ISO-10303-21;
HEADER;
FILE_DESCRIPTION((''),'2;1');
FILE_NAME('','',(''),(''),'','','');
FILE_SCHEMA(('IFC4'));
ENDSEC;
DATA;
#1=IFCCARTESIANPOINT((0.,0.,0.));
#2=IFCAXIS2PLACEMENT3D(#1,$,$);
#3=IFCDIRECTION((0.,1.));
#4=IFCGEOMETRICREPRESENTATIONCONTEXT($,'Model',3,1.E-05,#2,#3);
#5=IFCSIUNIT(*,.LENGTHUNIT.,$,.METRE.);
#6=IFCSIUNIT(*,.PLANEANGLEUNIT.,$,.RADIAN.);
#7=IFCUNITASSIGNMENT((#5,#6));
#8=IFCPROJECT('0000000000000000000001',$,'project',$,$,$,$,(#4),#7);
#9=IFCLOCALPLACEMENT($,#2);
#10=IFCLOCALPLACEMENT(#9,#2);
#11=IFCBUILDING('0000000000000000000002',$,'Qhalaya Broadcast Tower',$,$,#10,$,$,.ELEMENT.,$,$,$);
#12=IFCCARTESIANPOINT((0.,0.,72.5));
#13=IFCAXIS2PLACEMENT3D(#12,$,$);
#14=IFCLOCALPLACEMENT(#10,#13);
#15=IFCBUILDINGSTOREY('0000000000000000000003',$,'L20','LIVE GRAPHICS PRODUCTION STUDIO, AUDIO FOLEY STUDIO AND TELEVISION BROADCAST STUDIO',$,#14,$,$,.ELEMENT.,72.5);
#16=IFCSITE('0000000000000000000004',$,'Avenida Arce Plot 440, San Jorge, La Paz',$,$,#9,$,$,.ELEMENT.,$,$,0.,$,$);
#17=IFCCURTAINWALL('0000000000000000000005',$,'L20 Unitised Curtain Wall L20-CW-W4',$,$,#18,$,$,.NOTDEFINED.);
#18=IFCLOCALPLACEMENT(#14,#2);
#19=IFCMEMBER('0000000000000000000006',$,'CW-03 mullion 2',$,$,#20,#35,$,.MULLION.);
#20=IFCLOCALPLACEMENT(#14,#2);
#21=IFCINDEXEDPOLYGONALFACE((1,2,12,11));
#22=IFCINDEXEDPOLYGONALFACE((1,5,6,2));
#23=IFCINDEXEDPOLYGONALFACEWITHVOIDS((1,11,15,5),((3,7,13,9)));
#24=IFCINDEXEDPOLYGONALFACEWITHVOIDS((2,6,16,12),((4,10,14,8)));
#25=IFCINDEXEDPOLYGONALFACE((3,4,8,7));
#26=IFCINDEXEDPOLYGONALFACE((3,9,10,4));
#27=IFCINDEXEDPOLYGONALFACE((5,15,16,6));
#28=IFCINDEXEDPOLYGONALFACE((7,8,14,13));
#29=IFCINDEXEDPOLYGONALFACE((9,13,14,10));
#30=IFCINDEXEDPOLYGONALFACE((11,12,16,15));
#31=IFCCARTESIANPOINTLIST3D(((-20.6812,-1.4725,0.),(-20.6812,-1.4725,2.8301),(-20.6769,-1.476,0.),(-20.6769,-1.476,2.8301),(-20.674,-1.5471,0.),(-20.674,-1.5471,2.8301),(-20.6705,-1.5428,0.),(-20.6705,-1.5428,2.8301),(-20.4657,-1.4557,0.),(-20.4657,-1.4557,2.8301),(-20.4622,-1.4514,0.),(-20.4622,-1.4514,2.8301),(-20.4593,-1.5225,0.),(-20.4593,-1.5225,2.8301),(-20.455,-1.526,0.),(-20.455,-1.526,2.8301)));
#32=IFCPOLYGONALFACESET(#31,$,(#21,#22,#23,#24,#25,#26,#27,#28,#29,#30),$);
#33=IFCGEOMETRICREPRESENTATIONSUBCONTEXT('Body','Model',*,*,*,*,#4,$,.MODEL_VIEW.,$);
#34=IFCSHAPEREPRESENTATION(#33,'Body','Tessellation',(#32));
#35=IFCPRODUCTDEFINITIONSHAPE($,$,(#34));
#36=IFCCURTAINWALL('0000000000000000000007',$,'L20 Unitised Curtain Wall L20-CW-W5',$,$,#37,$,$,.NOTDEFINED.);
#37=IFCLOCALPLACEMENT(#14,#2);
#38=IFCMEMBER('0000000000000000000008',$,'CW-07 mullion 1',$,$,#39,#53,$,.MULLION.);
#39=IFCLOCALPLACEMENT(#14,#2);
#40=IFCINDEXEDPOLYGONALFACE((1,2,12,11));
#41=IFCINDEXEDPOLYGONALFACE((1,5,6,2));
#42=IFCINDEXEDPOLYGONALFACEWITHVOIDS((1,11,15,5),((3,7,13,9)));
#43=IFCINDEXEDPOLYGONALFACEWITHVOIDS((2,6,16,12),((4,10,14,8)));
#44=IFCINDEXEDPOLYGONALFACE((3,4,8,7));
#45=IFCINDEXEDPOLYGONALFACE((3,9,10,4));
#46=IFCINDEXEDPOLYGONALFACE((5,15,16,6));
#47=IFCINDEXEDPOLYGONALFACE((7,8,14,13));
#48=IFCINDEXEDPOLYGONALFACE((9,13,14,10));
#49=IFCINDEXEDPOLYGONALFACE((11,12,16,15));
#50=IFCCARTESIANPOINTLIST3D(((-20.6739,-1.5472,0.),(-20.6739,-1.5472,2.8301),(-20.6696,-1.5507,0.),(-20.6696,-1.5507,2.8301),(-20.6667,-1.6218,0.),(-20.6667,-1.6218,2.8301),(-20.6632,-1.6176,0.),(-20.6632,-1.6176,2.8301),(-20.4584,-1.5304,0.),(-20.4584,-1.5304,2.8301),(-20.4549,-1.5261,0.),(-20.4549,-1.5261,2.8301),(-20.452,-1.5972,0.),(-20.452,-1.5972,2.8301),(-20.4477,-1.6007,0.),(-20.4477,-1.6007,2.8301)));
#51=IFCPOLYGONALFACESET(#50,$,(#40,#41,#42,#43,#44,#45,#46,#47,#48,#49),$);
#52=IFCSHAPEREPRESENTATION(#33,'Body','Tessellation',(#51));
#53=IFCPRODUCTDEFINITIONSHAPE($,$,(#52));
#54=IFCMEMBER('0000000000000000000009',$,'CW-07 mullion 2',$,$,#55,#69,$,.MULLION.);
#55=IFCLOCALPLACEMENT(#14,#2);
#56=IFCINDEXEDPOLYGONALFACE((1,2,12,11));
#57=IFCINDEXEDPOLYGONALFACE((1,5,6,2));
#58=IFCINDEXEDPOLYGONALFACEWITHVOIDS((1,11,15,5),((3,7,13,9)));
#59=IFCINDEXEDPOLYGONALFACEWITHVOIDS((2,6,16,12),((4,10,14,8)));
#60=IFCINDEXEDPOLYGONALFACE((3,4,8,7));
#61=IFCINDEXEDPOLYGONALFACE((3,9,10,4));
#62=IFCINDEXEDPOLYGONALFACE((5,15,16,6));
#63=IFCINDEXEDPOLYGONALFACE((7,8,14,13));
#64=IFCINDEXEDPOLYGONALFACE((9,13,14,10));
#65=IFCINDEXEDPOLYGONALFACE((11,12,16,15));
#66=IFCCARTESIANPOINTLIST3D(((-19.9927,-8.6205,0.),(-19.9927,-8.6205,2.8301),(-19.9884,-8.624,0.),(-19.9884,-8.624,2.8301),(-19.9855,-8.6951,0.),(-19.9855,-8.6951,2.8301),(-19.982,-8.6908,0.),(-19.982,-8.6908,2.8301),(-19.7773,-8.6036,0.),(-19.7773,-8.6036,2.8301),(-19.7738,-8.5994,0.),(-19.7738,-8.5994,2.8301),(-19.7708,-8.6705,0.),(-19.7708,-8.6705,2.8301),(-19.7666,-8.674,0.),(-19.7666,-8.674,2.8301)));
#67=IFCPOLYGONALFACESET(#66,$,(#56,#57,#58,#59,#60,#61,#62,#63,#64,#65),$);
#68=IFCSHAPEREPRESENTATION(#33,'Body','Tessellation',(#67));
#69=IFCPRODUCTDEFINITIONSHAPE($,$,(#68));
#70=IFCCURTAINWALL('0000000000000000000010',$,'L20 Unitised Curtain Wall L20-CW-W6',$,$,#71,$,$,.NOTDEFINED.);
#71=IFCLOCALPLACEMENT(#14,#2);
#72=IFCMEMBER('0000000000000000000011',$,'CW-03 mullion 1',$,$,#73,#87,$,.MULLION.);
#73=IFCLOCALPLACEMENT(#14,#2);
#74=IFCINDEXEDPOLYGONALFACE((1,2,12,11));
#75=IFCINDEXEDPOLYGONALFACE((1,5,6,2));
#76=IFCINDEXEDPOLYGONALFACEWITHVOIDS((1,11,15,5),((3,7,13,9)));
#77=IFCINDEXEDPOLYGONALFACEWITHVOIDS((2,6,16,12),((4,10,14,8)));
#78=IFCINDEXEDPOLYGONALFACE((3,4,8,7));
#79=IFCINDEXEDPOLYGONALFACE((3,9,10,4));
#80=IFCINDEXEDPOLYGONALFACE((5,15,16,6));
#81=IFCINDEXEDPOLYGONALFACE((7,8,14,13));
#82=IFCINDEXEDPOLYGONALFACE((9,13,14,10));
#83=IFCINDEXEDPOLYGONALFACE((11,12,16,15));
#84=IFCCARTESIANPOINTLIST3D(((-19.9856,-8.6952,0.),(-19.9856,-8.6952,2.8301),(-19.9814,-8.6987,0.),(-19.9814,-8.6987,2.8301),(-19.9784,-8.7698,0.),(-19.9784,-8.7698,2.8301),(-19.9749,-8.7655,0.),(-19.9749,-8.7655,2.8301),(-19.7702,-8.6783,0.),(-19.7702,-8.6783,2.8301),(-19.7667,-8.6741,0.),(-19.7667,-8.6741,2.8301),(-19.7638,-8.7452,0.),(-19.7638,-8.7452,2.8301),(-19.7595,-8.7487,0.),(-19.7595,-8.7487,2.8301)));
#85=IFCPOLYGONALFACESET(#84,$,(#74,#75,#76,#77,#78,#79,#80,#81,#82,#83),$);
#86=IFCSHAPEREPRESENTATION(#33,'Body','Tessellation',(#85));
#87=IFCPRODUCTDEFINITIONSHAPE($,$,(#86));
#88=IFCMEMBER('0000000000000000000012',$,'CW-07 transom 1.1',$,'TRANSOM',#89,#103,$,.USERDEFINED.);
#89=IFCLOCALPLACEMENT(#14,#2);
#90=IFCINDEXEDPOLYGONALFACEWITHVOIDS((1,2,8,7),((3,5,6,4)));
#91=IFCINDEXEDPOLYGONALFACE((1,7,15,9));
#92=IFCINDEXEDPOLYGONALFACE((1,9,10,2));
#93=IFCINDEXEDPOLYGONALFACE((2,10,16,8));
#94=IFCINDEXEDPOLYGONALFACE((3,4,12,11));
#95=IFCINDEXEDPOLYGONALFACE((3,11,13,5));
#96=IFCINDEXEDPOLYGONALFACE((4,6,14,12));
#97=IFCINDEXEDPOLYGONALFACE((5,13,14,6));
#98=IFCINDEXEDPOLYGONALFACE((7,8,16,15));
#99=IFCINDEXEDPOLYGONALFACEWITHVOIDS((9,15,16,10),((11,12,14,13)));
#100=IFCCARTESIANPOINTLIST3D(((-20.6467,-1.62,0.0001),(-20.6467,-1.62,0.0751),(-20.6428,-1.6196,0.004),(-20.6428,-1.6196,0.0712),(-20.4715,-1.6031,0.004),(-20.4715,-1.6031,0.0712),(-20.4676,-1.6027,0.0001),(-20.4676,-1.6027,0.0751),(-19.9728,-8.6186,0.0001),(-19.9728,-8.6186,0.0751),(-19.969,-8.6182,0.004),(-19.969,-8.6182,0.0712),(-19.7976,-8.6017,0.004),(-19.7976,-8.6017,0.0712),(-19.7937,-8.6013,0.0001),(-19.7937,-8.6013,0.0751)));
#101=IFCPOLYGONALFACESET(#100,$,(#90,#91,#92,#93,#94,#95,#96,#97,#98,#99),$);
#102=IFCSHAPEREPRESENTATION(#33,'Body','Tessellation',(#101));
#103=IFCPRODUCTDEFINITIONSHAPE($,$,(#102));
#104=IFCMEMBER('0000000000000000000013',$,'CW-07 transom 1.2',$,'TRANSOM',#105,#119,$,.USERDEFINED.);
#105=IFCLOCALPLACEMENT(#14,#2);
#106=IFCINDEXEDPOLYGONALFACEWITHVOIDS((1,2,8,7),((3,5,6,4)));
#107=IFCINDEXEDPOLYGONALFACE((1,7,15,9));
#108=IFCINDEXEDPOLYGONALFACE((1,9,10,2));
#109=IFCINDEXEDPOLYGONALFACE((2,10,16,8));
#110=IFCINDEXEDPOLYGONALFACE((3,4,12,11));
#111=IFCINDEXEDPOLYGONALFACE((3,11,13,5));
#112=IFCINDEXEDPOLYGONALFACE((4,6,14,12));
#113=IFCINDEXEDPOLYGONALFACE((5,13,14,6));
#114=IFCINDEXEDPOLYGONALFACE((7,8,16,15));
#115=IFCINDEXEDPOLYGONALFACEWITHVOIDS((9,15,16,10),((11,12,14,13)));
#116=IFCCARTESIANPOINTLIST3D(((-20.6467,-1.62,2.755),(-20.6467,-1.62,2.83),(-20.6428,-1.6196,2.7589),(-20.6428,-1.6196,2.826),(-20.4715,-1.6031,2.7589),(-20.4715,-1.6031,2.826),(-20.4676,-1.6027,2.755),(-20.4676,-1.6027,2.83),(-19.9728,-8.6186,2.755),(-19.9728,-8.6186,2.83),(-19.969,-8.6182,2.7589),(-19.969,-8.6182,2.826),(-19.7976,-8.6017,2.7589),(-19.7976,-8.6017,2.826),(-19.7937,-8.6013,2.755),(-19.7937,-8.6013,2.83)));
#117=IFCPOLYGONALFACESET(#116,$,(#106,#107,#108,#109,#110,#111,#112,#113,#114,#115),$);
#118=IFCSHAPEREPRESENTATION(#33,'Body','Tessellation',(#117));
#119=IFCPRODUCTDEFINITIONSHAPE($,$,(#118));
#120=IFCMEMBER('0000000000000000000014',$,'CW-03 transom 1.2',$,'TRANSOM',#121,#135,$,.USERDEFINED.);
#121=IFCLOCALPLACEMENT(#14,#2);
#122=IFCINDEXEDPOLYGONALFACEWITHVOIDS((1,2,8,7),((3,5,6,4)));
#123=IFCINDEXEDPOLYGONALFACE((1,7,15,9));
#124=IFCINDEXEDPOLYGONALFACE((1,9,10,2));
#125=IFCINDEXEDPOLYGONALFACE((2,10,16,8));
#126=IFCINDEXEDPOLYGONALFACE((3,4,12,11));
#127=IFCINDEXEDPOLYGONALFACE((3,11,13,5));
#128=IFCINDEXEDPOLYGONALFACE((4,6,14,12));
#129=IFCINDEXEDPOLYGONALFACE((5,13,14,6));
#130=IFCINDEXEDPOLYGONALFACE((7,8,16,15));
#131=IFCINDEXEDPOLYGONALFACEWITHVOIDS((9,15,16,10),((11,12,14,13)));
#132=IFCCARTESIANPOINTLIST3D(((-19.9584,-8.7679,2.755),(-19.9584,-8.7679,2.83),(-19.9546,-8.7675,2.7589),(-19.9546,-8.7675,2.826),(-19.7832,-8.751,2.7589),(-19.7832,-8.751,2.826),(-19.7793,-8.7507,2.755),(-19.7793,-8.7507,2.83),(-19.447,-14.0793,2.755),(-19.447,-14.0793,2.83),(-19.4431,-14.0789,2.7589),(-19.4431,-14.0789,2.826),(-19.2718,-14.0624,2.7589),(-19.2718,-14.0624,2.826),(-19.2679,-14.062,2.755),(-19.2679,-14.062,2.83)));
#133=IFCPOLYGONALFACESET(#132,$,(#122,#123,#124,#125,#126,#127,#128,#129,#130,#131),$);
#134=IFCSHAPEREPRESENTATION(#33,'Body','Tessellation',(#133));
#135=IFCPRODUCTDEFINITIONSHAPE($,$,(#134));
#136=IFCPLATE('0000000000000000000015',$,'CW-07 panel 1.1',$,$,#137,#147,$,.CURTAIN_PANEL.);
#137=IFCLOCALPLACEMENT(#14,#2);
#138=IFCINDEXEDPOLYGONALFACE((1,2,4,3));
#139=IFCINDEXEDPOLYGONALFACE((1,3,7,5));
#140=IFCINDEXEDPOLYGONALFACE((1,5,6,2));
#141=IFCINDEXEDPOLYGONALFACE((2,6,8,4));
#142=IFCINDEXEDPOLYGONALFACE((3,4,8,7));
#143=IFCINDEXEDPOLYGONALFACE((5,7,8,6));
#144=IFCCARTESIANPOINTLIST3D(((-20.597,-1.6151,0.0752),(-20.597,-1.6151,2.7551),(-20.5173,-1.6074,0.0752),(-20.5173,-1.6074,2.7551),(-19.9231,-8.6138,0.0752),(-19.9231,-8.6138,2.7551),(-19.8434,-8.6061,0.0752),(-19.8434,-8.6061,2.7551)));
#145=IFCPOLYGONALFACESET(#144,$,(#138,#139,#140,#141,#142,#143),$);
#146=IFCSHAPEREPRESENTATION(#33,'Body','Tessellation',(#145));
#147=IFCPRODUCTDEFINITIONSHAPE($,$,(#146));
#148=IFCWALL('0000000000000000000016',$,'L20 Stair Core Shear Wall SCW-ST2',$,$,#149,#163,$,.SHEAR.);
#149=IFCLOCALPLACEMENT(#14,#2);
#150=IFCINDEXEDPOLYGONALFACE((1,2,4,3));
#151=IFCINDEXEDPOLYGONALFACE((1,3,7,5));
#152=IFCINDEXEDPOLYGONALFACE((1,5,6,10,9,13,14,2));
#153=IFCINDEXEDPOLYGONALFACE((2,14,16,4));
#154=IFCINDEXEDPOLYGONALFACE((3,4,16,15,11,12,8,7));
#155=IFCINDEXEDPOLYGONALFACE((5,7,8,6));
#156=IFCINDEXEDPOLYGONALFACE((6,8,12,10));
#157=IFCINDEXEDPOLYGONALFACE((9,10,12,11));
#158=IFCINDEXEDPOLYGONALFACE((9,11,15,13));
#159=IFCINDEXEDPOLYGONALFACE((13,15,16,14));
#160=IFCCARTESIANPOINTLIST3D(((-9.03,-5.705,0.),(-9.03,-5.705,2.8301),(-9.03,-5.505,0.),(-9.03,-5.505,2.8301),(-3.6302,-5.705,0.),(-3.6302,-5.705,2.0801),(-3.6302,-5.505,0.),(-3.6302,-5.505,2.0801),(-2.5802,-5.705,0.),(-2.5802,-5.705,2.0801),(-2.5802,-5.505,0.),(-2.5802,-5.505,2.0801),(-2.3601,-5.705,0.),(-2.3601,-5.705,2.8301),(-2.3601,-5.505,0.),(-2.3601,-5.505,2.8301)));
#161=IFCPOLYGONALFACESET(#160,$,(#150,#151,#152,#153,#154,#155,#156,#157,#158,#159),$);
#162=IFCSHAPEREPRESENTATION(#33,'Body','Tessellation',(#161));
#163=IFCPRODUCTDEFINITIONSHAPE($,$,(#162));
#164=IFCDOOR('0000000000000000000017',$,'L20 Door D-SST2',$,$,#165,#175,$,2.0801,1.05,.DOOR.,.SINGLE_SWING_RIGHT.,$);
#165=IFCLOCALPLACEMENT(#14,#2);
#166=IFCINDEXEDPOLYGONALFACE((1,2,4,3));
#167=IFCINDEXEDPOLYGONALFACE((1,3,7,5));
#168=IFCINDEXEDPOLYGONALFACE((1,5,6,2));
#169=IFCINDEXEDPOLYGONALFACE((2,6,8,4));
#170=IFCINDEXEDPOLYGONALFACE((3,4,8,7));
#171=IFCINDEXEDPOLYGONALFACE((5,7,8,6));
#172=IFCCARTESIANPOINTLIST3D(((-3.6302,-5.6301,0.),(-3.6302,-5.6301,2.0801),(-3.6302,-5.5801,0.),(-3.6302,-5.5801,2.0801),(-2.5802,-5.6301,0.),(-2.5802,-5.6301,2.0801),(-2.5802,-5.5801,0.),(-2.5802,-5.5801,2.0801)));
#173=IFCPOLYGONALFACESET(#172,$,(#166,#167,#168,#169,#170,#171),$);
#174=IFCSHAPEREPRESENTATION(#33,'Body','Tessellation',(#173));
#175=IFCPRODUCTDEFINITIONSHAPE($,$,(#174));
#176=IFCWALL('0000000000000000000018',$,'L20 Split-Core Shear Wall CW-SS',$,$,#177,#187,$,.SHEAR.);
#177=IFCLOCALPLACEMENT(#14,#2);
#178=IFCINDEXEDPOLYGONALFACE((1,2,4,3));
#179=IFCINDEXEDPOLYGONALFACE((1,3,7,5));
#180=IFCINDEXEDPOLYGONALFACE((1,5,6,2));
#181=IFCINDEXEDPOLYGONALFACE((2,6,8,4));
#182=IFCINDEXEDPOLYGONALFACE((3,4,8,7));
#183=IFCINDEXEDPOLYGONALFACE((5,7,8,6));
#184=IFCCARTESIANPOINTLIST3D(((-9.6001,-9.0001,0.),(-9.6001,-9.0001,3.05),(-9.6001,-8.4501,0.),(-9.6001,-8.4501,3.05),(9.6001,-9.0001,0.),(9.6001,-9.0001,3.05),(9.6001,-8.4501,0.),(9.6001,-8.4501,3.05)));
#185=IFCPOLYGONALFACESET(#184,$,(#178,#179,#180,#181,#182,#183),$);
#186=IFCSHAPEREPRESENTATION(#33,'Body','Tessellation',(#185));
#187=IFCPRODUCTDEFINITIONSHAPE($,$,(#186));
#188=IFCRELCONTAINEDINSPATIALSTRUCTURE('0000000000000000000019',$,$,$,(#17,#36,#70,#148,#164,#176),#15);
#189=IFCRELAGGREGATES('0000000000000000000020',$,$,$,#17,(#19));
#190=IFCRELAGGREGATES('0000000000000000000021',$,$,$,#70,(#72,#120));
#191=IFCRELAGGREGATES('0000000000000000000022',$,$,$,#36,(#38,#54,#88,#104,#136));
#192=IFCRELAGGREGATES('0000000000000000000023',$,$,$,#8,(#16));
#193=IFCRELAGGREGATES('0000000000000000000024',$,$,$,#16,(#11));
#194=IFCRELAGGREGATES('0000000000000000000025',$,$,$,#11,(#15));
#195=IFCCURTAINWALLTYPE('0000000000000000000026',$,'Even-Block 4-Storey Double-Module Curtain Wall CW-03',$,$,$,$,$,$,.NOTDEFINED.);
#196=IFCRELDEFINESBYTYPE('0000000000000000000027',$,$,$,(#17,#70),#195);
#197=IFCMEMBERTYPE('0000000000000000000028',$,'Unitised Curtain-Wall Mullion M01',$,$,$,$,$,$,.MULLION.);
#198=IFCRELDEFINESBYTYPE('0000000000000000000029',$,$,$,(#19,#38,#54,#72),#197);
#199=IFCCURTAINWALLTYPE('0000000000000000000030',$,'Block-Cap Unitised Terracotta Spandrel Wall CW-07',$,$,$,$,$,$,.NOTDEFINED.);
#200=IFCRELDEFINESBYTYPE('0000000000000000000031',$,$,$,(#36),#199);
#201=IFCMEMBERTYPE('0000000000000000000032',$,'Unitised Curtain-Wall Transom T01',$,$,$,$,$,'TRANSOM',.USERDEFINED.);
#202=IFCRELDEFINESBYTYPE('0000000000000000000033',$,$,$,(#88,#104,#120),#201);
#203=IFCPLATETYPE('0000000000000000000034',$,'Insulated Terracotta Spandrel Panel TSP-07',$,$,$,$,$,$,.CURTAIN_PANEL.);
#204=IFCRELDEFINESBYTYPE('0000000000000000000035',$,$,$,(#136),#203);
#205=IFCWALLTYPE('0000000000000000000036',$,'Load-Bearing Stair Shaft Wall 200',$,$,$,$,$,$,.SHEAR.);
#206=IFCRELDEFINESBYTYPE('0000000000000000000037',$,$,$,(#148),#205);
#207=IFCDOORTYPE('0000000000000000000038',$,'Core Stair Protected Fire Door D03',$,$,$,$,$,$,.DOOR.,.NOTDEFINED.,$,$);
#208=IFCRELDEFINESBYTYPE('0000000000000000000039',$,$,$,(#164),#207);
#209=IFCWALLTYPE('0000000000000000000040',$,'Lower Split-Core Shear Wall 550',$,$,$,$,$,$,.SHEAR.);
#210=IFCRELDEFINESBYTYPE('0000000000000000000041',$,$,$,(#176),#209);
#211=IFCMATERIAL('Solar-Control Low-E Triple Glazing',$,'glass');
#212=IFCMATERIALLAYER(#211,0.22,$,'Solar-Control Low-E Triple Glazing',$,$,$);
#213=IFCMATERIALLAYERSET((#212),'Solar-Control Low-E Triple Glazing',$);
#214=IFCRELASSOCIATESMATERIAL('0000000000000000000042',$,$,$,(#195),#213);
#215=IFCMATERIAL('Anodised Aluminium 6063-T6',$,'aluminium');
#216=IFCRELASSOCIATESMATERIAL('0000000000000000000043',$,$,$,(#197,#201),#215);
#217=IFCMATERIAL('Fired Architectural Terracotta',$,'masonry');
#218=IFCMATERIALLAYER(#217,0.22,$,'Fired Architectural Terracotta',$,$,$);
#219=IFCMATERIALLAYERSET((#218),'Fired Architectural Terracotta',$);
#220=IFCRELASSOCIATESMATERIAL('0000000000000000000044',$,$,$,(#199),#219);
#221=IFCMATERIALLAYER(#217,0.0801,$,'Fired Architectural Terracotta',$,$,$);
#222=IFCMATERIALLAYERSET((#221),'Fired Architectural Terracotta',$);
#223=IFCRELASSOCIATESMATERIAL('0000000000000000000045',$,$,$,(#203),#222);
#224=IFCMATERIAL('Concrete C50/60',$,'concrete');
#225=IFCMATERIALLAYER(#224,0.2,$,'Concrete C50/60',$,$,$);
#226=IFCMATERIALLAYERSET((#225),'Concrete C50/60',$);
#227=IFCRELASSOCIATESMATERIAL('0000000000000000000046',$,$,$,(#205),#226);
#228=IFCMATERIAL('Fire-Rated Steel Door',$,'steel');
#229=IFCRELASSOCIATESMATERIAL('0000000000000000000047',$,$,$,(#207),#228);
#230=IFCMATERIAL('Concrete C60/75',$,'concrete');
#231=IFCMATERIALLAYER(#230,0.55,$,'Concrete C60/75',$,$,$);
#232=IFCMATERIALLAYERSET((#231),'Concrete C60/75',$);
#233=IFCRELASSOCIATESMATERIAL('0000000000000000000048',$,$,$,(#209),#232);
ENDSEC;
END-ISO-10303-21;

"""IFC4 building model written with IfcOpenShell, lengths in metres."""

from ifc_helpers import new_model, si_unit, direction, frame, frame_2d, origin, origin_2d, place, context, subcontext, project, spatial, rectangle, hollow_rectangle, extrude, material, layer, layer_set, material_profile, profile_set, type_object, element, fill, aggregate, save


model = new_model("IFC4")

# Units and contexts
model_context = context("Model", 3, precision=1e-05, world=origin(), true_north=direction((0.0, 1.0)))
body_context = subcontext(model_context, "Body", "Model", "MODEL_VIEW")
ifc_project = project(units=[si_unit("LENGTHUNIT", "METRE"), si_unit("PLANEANGLEUNIT", "RADIAN")], contexts=[model_context])

# Site, building, storey
site_placement = place(None, origin())
site = spatial("IfcSite", under=ifc_project, at=site_placement, Name="Avenida Arce Plot 440, San Jorge, La Paz", CompositionType="ELEMENT", RefElevation=0.0)
building_placement = place(site_placement, origin())
building = spatial("IfcBuilding", under=site, at=building_placement, Name="Qhalaya Broadcast Tower", CompositionType="ELEMENT")
storey_placement = place(building_placement, frame((0.0, 0.0, 72.5)))
storey = spatial("IfcBuildingStorey", under=building, at=storey_placement, Name="L20", Description="LIVE GRAPHICS PRODUCTION STUDIO, AUDIO FOLEY STUDIO AND TELEVISION BROADCAST STUDIO", CompositionType="ELEMENT", Elevation=72.5)

# Shared definitions
ifc_material_1 = material(Name="Concrete C50/60", Category="concrete")

# Curtain wall, member
ifc_material_2 = material(Name="Solar-Control Low-E Triple Glazing", Category="glass")
ifc_layer_1 = layer(ifc_material_2, 0.22, Name="Solar-Control Low-E Triple Glazing")
ifc_layer_set_1 = layer_set([ifc_layer_1], Name="Solar-Control Low-E Triple Glazing")
curtain_wall_type_1 = type_object("IfcCurtainWallType", Name="Even-Block 4-Storey Double-Module Curtain Wall CW-03", PredefinedType="NOTDEFINED", material=ifc_layer_set_1)
curtain_wall_1_placement = place(storey_placement, origin())
curtain_wall_1 = element("IfcCurtainWall", 1, at=curtain_wall_1_placement, inside=storey, type_object=curtain_wall_type_1, Name="L20 Unitised Curtain Wall L20-CW-W4", PredefinedType="NOTDEFINED")
ifc_material_3 = material(Name="Anodised Aluminium 6063-T6", Category="aluminium")
ifc_material_profile_1 = material_profile(ifc_material_3, hollow_rectangle(XDim=0.075, YDim=0.22, WallThickness=0.0039, at=origin_2d()), Name="ALU-MUL 75x220x4")
ifc_profile_set_1 = profile_set([ifc_material_profile_1], Name="Anodised Aluminium 6063-T6")
member_type_1 = type_object("IfcMemberType", Name="Unitised Curtain-Wall Mullion M01", PredefinedType="MULLION", material=ifc_profile_set_1)
member_1_placement = place(storey_placement, frame((-20.5681, -1.4993, 0.0), z_axis=(0.0, 0.0, 1.0), x_axis=(0.095843, -0.995396, 0.0)))
member_1 = element("IfcMember", 2, at=member_1_placement, type_object=member_type_1, Name="CW-03 mullion 2", PredefinedType="MULLION", context=body_context, shape_type="SweptSolid", body=[
    extrude(hollow_rectangle(XDim=0.075, YDim=0.22, WallThickness=0.0039, at=origin_2d()), origin(), (0.0, 0.0, 1.0), 2.8301),
])
aggregate(curtain_wall_1, [member_1])

# Curtain wall, members
ifc_material_4 = material(Name="Fired Architectural Terracotta", Category="masonry")
ifc_layer_2 = layer(ifc_material_4, 0.22, Name="Fired Architectural Terracotta")
ifc_layer_set_2 = layer_set([ifc_layer_2], Name="Fired Architectural Terracotta")
curtain_wall_type_2 = type_object("IfcCurtainWallType", Name="Block-Cap Unitised Terracotta Spandrel Wall CW-07", PredefinedType="NOTDEFINED", material=ifc_layer_set_2)
curtain_wall_2_placement = place(storey_placement, origin())
curtain_wall_2 = element("IfcCurtainWall", 3, at=curtain_wall_2_placement, inside=storey, type_object=curtain_wall_type_2, Name="L20 Unitised Curtain Wall L20-CW-W5", PredefinedType="NOTDEFINED")
member_2_placement = place(storey_placement, frame((-20.5608, -1.574, 0.0), z_axis=(0.0, 0.0, 1.0), x_axis=(0.095851, -0.995396, 0.0)))
member_2 = element("IfcMember", 4, at=member_2_placement, type_object=member_type_1, Name="CW-07 mullion 1", PredefinedType="MULLION", context=body_context, shape_type="SweptSolid", body=[
    extrude(hollow_rectangle(XDim=0.075, YDim=0.22, WallThickness=0.0039, at=origin_2d()), origin(), (0.0, 0.0, 1.0), 2.8301),
])
member_3_placement = place(storey_placement, frame((-19.8796, -8.6472, 0.0), z_axis=(0.0, 0.0, 1.0), x_axis=(0.095851, -0.995396, 0.0)))
member_3 = element("IfcMember", 5, at=member_3_placement, type_object=member_type_1, Name="CW-07 mullion 2", PredefinedType="MULLION", context=body_context, shape_type="SweptSolid", body=[
    extrude(hollow_rectangle(XDim=0.075, YDim=0.22, WallThickness=0.0039, at=origin_2d()), origin(), (0.0, 0.0, 1.0), 2.8301),
])

# Curtain wall, member
curtain_wall_3_placement = place(storey_placement, origin())
curtain_wall_3 = element("IfcCurtainWall", 6, at=curtain_wall_3_placement, inside=storey, type_object=curtain_wall_type_1, Name="L20 Unitised Curtain Wall L20-CW-W6", PredefinedType="NOTDEFINED")
member_4_placement = place(storey_placement, frame((-19.8726, -8.7219, 0.0), z_axis=(0.0, 0.0, 1.0), x_axis=(0.095845, -0.995396, 0.0)))
member_4 = element("IfcMember", 7, at=member_4_placement, type_object=member_type_1, Name="CW-03 mullion 1", PredefinedType="MULLION", context=body_context, shape_type="SweptSolid", body=[
    extrude(hollow_rectangle(XDim=0.075, YDim=0.22, WallThickness=0.0039, at=origin_2d()), origin(), (0.0, 0.0, 1.0), 2.8301),
])

# Members
ifc_material_profile_2 = material_profile(ifc_material_3, hollow_rectangle(XDim=0.075, YDim=0.1799, WallThickness=0.0039, at=origin_2d()), Name="ALU-TRN 75x180x4")
ifc_profile_set_2 = profile_set([ifc_material_profile_2], Name="Anodised Aluminium 6063-T6")
member_type_2 = type_object("IfcMemberType", Name="Unitised Curtain-Wall Transom T01", ElementType="TRANSOM", PredefinedType="USERDEFINED", material=ifc_profile_set_2)
member_5_placement = place(storey_placement, frame((-20.5571, -1.6113, 0.0376), z_axis=(0.095838, -0.995397, 0.0), x_axis=(0.0, 0.0, 1.0)))
member_5 = element("IfcMember", 8, at=member_5_placement, type_object=member_type_2, Name="CW-07 transom 1.1", ObjectType="TRANSOM", PredefinedType="USERDEFINED", context=body_context, shape_type="SweptSolid", body=[
    extrude(hollow_rectangle(XDim=0.075, YDim=0.1799, WallThickness=0.0039, at=origin_2d()), origin(), (0.0, 0.0, 1.0), 7.031),
])
member_6_placement = place(storey_placement, frame((-20.5571, -1.6113, 2.7925), z_axis=(0.095838, -0.995397, 0.0), x_axis=(0.0, 0.0, 1.0)))
member_6 = element("IfcMember", 9, at=member_6_placement, type_object=member_type_2, Name="CW-07 transom 1.2", ObjectType="TRANSOM", PredefinedType="USERDEFINED", context=body_context, shape_type="SweptSolid", body=[
    extrude(hollow_rectangle(XDim=0.075, YDim=0.1799, WallThickness=0.0039, at=origin_2d()), origin(), (0.0, 0.0, 1.0), 7.031),
])
member_7_placement = place(storey_placement, frame((-19.8689, -8.7593, 2.7925), z_axis=(0.095856, -0.995395, 0.0), x_axis=(0.0, 0.0, 1.0)))
member_7 = element("IfcMember", 10, at=member_7_placement, type_object=member_type_2, Name="CW-03 transom 1.2", ObjectType="TRANSOM", PredefinedType="USERDEFINED", context=body_context, shape_type="SweptSolid", body=[
    extrude(hollow_rectangle(XDim=0.075, YDim=0.1799, WallThickness=0.0039, at=origin_2d()), origin(), (0.0, 0.0, 1.0), 5.3359),
])
aggregate(curtain_wall_3, [member_4, member_7])

# Plate
ifc_layer_3 = layer(ifc_material_4, 0.0801, Name="Fired Architectural Terracotta")
ifc_layer_set_3 = layer_set([ifc_layer_3], Name="Fired Architectural Terracotta")
plate_type = type_object("IfcPlateType", Name="Insulated Terracotta Spandrel Panel TSP-07", PredefinedType="CURTAIN_PANEL", material=ifc_layer_set_3)
plate_placement = place(storey_placement, frame((-20.2202, -5.1106, 0.0752), z_axis=(0.0, 0.0, 1.0), x_axis=(0.095851, -0.995396, 0.0)))
plate = element("IfcPlate", 11, at=plate_placement, type_object=plate_type, Name="CW-07 panel 1.1", PredefinedType="CURTAIN_PANEL", context=body_context, shape_type="SweptSolid", body=[
    extrude(rectangle(XDim=7.031, YDim=0.0801, at=origin_2d()), origin(), (0.0, 0.0, 1.0), 2.6799),
])
aggregate(curtain_wall_2, [member_2, member_3, member_5, member_6, plate])

# Wall, opening, door
ifc_layer_4 = layer(ifc_material_1, 0.2, Name="Concrete C50/60")
ifc_layer_set_4 = layer_set([ifc_layer_4], Name="Concrete C50/60")
wall_type_1 = type_object("IfcWallType", Name="Load-Bearing Stair Shaft Wall 200", PredefinedType="SHEAR", material=ifc_layer_set_4)
wall_1_placement = place(storey_placement, frame((-9.03, -5.605, 0.0), z_axis=(0.0, 0.0, 1.0), x_axis=(1.0, 0.0, 0.0)))
wall_1 = element("IfcWall", 12, at=wall_1_placement, inside=storey, type_object=wall_type_1, Name="L20 Stair Core Shear Wall SCW-ST2", PredefinedType="SHEAR", context=body_context, shape_type="SweptSolid", body=[
    extrude(rectangle(XDim=6.6699, YDim=0.2, at=frame_2d((3.335, 0.0))), origin(), (0.0, 0.0, 1.0), 2.8301),
])
opening_1_placement = place(wall_1_placement, frame((5.3999, 0.0, 0.0)))
opening_1 = element("IfcOpeningElement", 13, at=opening_1_placement, cuts=wall_1, PredefinedType="OPENING", context=body_context, shape_type="SweptSolid", body=[
    extrude(rectangle(XDim=1.05, YDim=2.0801, at=frame_2d((0.5249, 1.04))), frame((0.0, 0.1121, 0.0), z_axis=(0.0, -1.0, 0.0), x_axis=(1.0, 0.0, 0.0)), (0.0, 0.0, 1.0), 0.2239),
])
ifc_material_5 = material(Name="Fire-Rated Steel Door", Category="steel")
door_type_1 = type_object("IfcDoorType", Name="Core Stair Protected Fire Door D03", OperationType="NOTDEFINED", PredefinedType="DOOR", material=ifc_material_5)
door_1_placement = place(opening_1_placement, origin())
door_1 = element("IfcDoor", 14, at=door_1_placement, inside=storey, type_object=door_type_1, Name="L20 Door D-SST2", OperationType="SINGLE_SWING_RIGHT", OverallHeight=2.0801, OverallWidth=1.05, PredefinedType="DOOR", context=body_context, shape_type="SweptSolid", body=[
    extrude(rectangle(XDim=1.05, YDim=2.0801, at=frame_2d((0.5249, 1.04))), frame((0.0, 0.0249, 0.0), z_axis=(0.0, -1.0, 0.0), x_axis=(1.0, 0.0, 0.0)), (0.0, 0.0, 1.0), 0.05),
])
fill(opening_1, door_1)

# Wall
ifc_material_6 = material(Name="Concrete C60/75", Category="concrete")
ifc_layer_5 = layer(ifc_material_6, 0.55, Name="Concrete C60/75")
ifc_layer_set_5 = layer_set([ifc_layer_5], Name="Concrete C60/75")
wall_type_2 = type_object("IfcWallType", Name="Lower Split-Core Shear Wall 550", PredefinedType="SHEAR", material=ifc_layer_set_5)
wall_2_placement = place(storey_placement, frame((-9.6001, -8.7251, 0.0), z_axis=(0.0, 0.0, 1.0), x_axis=(1.0, 0.0, 0.0)))
element("IfcWall", 15, at=wall_2_placement, inside=storey, type_object=wall_type_2, Name="L20 Split-Core Shear Wall CW-SS", PredefinedType="SHEAR", context=body_context, shape_type="SweptSolid", body=[
    extrude(rectangle(XDim=19.2002, YDim=0.55, at=frame_2d((9.6001, 0.0))), origin(), (0.0, 0.0, 1.0), 3.05),
])

save(model, "model.ifc")
